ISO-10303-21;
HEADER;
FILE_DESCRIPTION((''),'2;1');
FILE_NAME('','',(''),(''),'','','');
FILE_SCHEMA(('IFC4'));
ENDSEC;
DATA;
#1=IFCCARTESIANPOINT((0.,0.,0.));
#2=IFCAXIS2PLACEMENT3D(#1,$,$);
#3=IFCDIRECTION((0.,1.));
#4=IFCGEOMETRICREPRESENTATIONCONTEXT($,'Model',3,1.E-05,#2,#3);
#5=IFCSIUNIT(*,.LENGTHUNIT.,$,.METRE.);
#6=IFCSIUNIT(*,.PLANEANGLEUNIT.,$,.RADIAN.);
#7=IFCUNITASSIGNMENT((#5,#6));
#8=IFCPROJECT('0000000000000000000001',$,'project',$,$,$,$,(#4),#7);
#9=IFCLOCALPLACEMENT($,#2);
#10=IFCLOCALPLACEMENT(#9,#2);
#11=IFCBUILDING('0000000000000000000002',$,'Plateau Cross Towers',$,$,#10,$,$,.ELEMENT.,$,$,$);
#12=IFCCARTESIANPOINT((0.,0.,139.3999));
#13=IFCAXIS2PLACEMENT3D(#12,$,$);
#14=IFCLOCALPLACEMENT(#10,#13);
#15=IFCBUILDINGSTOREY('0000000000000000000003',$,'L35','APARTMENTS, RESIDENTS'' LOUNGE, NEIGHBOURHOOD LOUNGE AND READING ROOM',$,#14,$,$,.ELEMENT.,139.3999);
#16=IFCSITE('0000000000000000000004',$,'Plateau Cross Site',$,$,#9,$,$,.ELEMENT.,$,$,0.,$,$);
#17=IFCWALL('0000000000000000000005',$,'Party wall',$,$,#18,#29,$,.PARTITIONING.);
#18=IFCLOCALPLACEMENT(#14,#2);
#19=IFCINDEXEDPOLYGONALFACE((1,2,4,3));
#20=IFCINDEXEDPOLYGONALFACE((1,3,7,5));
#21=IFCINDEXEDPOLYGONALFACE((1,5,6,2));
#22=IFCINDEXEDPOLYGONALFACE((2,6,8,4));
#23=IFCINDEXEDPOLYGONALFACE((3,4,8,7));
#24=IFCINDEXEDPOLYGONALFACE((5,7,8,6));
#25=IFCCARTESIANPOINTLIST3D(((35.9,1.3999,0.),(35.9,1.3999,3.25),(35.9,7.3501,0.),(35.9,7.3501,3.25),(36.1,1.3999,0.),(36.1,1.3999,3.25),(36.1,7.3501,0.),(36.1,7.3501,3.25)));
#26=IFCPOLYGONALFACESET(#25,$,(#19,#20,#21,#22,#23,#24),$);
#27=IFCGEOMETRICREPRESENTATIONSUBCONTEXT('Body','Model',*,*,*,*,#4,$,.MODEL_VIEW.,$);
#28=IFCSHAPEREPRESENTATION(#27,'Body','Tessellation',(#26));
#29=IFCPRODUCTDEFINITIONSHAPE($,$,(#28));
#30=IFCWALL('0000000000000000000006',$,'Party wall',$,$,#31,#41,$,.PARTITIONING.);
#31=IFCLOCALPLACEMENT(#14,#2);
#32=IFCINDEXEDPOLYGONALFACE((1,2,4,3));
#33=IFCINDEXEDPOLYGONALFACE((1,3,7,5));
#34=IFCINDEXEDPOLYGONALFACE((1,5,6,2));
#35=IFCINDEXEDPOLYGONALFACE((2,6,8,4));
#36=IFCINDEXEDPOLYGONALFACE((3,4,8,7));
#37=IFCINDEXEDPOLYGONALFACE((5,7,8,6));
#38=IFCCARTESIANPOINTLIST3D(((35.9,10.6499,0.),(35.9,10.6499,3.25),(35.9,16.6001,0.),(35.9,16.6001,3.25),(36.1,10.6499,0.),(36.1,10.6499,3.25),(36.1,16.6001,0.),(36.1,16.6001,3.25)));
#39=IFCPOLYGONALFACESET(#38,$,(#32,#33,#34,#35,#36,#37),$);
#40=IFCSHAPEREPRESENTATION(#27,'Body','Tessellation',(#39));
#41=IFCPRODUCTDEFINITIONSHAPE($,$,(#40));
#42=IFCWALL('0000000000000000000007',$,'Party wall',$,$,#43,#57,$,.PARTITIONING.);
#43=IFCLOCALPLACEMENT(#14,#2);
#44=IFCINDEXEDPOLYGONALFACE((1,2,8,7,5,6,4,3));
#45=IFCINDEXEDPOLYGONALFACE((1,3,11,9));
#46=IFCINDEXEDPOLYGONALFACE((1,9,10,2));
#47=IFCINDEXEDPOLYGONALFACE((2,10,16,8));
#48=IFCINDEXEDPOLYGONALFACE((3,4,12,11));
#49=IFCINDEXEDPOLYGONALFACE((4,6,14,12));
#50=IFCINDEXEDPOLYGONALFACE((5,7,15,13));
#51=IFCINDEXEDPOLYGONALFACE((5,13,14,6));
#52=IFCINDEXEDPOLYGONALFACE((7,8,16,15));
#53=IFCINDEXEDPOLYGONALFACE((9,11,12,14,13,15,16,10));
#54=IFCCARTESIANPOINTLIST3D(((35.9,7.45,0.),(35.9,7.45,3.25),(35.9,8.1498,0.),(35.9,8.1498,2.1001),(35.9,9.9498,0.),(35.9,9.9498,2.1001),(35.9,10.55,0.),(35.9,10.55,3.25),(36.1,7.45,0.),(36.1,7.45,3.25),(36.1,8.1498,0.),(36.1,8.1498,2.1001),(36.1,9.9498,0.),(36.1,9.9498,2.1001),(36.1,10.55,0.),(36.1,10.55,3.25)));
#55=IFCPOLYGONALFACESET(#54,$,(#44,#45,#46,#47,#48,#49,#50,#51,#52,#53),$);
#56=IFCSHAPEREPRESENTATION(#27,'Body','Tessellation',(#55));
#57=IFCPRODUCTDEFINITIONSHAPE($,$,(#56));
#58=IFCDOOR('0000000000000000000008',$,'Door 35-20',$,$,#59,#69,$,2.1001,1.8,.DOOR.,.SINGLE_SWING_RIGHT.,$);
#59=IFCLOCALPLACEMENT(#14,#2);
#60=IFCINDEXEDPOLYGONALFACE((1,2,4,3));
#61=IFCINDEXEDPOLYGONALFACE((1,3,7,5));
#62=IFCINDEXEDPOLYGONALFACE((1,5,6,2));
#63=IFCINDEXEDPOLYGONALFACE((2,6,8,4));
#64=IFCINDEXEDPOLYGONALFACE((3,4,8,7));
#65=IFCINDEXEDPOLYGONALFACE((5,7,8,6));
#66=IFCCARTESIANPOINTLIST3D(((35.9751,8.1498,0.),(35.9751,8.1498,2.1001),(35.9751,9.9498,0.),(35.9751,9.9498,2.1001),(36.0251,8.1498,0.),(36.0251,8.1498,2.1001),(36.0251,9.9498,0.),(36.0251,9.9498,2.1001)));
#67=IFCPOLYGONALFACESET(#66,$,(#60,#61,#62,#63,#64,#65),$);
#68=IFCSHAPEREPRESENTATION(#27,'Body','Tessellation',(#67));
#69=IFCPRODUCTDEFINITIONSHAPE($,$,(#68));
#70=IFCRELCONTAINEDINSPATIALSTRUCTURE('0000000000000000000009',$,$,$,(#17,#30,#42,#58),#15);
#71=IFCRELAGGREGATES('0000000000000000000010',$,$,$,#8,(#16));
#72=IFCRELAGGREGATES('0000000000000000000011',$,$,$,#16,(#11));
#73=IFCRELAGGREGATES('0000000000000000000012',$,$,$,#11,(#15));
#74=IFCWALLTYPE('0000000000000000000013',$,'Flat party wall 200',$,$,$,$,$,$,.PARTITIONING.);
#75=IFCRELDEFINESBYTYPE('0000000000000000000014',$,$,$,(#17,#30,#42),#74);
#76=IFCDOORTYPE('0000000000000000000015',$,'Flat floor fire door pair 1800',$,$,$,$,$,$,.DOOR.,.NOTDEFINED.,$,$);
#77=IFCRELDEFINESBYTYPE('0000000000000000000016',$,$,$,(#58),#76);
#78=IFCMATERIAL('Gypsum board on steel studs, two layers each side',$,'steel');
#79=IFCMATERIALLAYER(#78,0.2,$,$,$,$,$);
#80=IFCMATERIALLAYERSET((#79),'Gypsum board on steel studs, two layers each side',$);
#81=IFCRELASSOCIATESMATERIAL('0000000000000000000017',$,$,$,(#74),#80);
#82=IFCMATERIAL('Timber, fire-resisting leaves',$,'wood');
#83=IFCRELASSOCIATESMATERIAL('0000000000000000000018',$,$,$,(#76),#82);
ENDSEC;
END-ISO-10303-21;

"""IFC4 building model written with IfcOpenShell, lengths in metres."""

from ifc_helpers import new_model, si_unit, direction, frame, frame_2d, origin, place, context, subcontext, project, spatial, rectangle, extrude, material, layer, layer_set, type_object, element, fill, save


model = new_model("IFC4")

# Units and contexts
model_context = context("Model", 3, precision=1e-05, world=origin(), true_north=direction((0.0, 1.0)))
body_context = subcontext(model_context, "Body", "Model", "MODEL_VIEW")
ifc_project = project(units=[si_unit("LENGTHUNIT", "METRE"), si_unit("PLANEANGLEUNIT", "RADIAN")], contexts=[model_context])

# Site, building, storey
site_placement = place(None, origin())
site = spatial("IfcSite", under=ifc_project, at=site_placement, Name="Plateau Cross Site", CompositionType="ELEMENT", RefElevation=0.0)
building_placement = place(site_placement, origin())
building = spatial("IfcBuilding", under=site, at=building_placement, Name="Plateau Cross Towers", CompositionType="ELEMENT")
storey_placement = place(building_placement, frame((0.0, 0.0, 139.3999)))
storey = spatial("IfcBuildingStorey", under=building, at=storey_placement, Name="L35", Description="APARTMENTS, RESIDENTS' LOUNGE, NEIGHBOURHOOD LOUNGE AND READING ROOM", CompositionType="ELEMENT", Elevation=139.3999)

# Walls
ifc_material_1 = material(Name="Gypsum board on steel studs, two layers each side", Category="steel")
ifc_layer_1 = layer(ifc_material_1, 0.2)
ifc_layer_set_1 = layer_set([ifc_layer_1], Name="Gypsum board on steel studs, two layers each side")
wall_type_1 = type_object("IfcWallType", Name="Flat party wall 200", PredefinedType="PARTITIONING", material=ifc_layer_set_1)
for number, where, z_axis, x_axis, name in (
    (1, (36.0, 1.3999, 0.0), (0.0, 0.0, 1.0), (0.0, 1.0, 0.0), "Party wall"),
    (2, (36.0, 10.6499, 0.0), (0.0, 0.0, 1.0), (0.0, 1.0, 0.0), "Party wall"),
):
    element("IfcWall", number, at=place(storey_placement, frame(where, z_axis=z_axis, x_axis=x_axis)), inside=storey, type_object=wall_type_1, Name=name, PredefinedType="PARTITIONING", context=body_context, shape_type="SweptSolid", body=[
        extrude(rectangle(XDim=5.9502, YDim=0.2, at=frame_2d((2.9751, 0.0))), origin(), (0.0, 0.0, 1.0), 3.25),
    ])

# Wall, opening, door
wall_1_placement = place(storey_placement, frame((36.0, 7.45, 0.0), z_axis=(0.0, 0.0, 1.0), x_axis=(0.0, 1.0, 0.0)))
wall_1 = element("IfcWall", 3, at=wall_1_placement, inside=storey, type_object=wall_type_1, Name="Party wall", PredefinedType="PARTITIONING", context=body_context, shape_type="SweptSolid", body=[
    extrude(rectangle(XDim=3.1001, YDim=0.2, at=frame_2d((1.55, 0.0))), origin(), (0.0, 0.0, 1.0), 3.25),
])
opening_1_placement = place(wall_1_placement, frame((0.7, 0.0, 0.0)))
opening_1 = element("IfcOpeningElement", 4, at=opening_1_placement, cuts=wall_1, PredefinedType="OPENING", context=body_context, shape_type="SweptSolid", body=[
    extrude(rectangle(XDim=1.8, YDim=2.1001, at=frame_2d((0.8999, 1.05))), frame((0.0, 0.1099, 0.0), z_axis=(0.0, -1.0, 0.0), x_axis=(1.0, 0.0, 0.0)), (0.0, 0.0, 1.0), 0.22),
])
ifc_material_2 = material(Name="Timber, fire-resisting leaves", Category="wood")
door_type_1 = type_object("IfcDoorType", Name="Flat floor fire door pair 1800", OperationType="NOTDEFINED", PredefinedType="DOOR", material=ifc_material_2)
door_1_placement = place(opening_1_placement, origin())
door_1 = element("IfcDoor", 5, at=door_1_placement, inside=storey, type_object=door_type_1, Name="Door 35-20", OperationType="SINGLE_SWING_RIGHT", OverallHeight=2.1001, OverallWidth=1.8, PredefinedType="DOOR", context=body_context, shape_type="SweptSolid", body=[
    extrude(rectangle(XDim=1.8, YDim=2.1001, at=frame_2d((0.8999, 1.05))), frame((0.0, 0.0249, 0.0), z_axis=(0.0, -1.0, 0.0), x_axis=(1.0, 0.0, 0.0)), (0.0, 0.0, 1.0), 0.05),
])
fill(opening_1, door_1)

save(model, "model.ifc")
